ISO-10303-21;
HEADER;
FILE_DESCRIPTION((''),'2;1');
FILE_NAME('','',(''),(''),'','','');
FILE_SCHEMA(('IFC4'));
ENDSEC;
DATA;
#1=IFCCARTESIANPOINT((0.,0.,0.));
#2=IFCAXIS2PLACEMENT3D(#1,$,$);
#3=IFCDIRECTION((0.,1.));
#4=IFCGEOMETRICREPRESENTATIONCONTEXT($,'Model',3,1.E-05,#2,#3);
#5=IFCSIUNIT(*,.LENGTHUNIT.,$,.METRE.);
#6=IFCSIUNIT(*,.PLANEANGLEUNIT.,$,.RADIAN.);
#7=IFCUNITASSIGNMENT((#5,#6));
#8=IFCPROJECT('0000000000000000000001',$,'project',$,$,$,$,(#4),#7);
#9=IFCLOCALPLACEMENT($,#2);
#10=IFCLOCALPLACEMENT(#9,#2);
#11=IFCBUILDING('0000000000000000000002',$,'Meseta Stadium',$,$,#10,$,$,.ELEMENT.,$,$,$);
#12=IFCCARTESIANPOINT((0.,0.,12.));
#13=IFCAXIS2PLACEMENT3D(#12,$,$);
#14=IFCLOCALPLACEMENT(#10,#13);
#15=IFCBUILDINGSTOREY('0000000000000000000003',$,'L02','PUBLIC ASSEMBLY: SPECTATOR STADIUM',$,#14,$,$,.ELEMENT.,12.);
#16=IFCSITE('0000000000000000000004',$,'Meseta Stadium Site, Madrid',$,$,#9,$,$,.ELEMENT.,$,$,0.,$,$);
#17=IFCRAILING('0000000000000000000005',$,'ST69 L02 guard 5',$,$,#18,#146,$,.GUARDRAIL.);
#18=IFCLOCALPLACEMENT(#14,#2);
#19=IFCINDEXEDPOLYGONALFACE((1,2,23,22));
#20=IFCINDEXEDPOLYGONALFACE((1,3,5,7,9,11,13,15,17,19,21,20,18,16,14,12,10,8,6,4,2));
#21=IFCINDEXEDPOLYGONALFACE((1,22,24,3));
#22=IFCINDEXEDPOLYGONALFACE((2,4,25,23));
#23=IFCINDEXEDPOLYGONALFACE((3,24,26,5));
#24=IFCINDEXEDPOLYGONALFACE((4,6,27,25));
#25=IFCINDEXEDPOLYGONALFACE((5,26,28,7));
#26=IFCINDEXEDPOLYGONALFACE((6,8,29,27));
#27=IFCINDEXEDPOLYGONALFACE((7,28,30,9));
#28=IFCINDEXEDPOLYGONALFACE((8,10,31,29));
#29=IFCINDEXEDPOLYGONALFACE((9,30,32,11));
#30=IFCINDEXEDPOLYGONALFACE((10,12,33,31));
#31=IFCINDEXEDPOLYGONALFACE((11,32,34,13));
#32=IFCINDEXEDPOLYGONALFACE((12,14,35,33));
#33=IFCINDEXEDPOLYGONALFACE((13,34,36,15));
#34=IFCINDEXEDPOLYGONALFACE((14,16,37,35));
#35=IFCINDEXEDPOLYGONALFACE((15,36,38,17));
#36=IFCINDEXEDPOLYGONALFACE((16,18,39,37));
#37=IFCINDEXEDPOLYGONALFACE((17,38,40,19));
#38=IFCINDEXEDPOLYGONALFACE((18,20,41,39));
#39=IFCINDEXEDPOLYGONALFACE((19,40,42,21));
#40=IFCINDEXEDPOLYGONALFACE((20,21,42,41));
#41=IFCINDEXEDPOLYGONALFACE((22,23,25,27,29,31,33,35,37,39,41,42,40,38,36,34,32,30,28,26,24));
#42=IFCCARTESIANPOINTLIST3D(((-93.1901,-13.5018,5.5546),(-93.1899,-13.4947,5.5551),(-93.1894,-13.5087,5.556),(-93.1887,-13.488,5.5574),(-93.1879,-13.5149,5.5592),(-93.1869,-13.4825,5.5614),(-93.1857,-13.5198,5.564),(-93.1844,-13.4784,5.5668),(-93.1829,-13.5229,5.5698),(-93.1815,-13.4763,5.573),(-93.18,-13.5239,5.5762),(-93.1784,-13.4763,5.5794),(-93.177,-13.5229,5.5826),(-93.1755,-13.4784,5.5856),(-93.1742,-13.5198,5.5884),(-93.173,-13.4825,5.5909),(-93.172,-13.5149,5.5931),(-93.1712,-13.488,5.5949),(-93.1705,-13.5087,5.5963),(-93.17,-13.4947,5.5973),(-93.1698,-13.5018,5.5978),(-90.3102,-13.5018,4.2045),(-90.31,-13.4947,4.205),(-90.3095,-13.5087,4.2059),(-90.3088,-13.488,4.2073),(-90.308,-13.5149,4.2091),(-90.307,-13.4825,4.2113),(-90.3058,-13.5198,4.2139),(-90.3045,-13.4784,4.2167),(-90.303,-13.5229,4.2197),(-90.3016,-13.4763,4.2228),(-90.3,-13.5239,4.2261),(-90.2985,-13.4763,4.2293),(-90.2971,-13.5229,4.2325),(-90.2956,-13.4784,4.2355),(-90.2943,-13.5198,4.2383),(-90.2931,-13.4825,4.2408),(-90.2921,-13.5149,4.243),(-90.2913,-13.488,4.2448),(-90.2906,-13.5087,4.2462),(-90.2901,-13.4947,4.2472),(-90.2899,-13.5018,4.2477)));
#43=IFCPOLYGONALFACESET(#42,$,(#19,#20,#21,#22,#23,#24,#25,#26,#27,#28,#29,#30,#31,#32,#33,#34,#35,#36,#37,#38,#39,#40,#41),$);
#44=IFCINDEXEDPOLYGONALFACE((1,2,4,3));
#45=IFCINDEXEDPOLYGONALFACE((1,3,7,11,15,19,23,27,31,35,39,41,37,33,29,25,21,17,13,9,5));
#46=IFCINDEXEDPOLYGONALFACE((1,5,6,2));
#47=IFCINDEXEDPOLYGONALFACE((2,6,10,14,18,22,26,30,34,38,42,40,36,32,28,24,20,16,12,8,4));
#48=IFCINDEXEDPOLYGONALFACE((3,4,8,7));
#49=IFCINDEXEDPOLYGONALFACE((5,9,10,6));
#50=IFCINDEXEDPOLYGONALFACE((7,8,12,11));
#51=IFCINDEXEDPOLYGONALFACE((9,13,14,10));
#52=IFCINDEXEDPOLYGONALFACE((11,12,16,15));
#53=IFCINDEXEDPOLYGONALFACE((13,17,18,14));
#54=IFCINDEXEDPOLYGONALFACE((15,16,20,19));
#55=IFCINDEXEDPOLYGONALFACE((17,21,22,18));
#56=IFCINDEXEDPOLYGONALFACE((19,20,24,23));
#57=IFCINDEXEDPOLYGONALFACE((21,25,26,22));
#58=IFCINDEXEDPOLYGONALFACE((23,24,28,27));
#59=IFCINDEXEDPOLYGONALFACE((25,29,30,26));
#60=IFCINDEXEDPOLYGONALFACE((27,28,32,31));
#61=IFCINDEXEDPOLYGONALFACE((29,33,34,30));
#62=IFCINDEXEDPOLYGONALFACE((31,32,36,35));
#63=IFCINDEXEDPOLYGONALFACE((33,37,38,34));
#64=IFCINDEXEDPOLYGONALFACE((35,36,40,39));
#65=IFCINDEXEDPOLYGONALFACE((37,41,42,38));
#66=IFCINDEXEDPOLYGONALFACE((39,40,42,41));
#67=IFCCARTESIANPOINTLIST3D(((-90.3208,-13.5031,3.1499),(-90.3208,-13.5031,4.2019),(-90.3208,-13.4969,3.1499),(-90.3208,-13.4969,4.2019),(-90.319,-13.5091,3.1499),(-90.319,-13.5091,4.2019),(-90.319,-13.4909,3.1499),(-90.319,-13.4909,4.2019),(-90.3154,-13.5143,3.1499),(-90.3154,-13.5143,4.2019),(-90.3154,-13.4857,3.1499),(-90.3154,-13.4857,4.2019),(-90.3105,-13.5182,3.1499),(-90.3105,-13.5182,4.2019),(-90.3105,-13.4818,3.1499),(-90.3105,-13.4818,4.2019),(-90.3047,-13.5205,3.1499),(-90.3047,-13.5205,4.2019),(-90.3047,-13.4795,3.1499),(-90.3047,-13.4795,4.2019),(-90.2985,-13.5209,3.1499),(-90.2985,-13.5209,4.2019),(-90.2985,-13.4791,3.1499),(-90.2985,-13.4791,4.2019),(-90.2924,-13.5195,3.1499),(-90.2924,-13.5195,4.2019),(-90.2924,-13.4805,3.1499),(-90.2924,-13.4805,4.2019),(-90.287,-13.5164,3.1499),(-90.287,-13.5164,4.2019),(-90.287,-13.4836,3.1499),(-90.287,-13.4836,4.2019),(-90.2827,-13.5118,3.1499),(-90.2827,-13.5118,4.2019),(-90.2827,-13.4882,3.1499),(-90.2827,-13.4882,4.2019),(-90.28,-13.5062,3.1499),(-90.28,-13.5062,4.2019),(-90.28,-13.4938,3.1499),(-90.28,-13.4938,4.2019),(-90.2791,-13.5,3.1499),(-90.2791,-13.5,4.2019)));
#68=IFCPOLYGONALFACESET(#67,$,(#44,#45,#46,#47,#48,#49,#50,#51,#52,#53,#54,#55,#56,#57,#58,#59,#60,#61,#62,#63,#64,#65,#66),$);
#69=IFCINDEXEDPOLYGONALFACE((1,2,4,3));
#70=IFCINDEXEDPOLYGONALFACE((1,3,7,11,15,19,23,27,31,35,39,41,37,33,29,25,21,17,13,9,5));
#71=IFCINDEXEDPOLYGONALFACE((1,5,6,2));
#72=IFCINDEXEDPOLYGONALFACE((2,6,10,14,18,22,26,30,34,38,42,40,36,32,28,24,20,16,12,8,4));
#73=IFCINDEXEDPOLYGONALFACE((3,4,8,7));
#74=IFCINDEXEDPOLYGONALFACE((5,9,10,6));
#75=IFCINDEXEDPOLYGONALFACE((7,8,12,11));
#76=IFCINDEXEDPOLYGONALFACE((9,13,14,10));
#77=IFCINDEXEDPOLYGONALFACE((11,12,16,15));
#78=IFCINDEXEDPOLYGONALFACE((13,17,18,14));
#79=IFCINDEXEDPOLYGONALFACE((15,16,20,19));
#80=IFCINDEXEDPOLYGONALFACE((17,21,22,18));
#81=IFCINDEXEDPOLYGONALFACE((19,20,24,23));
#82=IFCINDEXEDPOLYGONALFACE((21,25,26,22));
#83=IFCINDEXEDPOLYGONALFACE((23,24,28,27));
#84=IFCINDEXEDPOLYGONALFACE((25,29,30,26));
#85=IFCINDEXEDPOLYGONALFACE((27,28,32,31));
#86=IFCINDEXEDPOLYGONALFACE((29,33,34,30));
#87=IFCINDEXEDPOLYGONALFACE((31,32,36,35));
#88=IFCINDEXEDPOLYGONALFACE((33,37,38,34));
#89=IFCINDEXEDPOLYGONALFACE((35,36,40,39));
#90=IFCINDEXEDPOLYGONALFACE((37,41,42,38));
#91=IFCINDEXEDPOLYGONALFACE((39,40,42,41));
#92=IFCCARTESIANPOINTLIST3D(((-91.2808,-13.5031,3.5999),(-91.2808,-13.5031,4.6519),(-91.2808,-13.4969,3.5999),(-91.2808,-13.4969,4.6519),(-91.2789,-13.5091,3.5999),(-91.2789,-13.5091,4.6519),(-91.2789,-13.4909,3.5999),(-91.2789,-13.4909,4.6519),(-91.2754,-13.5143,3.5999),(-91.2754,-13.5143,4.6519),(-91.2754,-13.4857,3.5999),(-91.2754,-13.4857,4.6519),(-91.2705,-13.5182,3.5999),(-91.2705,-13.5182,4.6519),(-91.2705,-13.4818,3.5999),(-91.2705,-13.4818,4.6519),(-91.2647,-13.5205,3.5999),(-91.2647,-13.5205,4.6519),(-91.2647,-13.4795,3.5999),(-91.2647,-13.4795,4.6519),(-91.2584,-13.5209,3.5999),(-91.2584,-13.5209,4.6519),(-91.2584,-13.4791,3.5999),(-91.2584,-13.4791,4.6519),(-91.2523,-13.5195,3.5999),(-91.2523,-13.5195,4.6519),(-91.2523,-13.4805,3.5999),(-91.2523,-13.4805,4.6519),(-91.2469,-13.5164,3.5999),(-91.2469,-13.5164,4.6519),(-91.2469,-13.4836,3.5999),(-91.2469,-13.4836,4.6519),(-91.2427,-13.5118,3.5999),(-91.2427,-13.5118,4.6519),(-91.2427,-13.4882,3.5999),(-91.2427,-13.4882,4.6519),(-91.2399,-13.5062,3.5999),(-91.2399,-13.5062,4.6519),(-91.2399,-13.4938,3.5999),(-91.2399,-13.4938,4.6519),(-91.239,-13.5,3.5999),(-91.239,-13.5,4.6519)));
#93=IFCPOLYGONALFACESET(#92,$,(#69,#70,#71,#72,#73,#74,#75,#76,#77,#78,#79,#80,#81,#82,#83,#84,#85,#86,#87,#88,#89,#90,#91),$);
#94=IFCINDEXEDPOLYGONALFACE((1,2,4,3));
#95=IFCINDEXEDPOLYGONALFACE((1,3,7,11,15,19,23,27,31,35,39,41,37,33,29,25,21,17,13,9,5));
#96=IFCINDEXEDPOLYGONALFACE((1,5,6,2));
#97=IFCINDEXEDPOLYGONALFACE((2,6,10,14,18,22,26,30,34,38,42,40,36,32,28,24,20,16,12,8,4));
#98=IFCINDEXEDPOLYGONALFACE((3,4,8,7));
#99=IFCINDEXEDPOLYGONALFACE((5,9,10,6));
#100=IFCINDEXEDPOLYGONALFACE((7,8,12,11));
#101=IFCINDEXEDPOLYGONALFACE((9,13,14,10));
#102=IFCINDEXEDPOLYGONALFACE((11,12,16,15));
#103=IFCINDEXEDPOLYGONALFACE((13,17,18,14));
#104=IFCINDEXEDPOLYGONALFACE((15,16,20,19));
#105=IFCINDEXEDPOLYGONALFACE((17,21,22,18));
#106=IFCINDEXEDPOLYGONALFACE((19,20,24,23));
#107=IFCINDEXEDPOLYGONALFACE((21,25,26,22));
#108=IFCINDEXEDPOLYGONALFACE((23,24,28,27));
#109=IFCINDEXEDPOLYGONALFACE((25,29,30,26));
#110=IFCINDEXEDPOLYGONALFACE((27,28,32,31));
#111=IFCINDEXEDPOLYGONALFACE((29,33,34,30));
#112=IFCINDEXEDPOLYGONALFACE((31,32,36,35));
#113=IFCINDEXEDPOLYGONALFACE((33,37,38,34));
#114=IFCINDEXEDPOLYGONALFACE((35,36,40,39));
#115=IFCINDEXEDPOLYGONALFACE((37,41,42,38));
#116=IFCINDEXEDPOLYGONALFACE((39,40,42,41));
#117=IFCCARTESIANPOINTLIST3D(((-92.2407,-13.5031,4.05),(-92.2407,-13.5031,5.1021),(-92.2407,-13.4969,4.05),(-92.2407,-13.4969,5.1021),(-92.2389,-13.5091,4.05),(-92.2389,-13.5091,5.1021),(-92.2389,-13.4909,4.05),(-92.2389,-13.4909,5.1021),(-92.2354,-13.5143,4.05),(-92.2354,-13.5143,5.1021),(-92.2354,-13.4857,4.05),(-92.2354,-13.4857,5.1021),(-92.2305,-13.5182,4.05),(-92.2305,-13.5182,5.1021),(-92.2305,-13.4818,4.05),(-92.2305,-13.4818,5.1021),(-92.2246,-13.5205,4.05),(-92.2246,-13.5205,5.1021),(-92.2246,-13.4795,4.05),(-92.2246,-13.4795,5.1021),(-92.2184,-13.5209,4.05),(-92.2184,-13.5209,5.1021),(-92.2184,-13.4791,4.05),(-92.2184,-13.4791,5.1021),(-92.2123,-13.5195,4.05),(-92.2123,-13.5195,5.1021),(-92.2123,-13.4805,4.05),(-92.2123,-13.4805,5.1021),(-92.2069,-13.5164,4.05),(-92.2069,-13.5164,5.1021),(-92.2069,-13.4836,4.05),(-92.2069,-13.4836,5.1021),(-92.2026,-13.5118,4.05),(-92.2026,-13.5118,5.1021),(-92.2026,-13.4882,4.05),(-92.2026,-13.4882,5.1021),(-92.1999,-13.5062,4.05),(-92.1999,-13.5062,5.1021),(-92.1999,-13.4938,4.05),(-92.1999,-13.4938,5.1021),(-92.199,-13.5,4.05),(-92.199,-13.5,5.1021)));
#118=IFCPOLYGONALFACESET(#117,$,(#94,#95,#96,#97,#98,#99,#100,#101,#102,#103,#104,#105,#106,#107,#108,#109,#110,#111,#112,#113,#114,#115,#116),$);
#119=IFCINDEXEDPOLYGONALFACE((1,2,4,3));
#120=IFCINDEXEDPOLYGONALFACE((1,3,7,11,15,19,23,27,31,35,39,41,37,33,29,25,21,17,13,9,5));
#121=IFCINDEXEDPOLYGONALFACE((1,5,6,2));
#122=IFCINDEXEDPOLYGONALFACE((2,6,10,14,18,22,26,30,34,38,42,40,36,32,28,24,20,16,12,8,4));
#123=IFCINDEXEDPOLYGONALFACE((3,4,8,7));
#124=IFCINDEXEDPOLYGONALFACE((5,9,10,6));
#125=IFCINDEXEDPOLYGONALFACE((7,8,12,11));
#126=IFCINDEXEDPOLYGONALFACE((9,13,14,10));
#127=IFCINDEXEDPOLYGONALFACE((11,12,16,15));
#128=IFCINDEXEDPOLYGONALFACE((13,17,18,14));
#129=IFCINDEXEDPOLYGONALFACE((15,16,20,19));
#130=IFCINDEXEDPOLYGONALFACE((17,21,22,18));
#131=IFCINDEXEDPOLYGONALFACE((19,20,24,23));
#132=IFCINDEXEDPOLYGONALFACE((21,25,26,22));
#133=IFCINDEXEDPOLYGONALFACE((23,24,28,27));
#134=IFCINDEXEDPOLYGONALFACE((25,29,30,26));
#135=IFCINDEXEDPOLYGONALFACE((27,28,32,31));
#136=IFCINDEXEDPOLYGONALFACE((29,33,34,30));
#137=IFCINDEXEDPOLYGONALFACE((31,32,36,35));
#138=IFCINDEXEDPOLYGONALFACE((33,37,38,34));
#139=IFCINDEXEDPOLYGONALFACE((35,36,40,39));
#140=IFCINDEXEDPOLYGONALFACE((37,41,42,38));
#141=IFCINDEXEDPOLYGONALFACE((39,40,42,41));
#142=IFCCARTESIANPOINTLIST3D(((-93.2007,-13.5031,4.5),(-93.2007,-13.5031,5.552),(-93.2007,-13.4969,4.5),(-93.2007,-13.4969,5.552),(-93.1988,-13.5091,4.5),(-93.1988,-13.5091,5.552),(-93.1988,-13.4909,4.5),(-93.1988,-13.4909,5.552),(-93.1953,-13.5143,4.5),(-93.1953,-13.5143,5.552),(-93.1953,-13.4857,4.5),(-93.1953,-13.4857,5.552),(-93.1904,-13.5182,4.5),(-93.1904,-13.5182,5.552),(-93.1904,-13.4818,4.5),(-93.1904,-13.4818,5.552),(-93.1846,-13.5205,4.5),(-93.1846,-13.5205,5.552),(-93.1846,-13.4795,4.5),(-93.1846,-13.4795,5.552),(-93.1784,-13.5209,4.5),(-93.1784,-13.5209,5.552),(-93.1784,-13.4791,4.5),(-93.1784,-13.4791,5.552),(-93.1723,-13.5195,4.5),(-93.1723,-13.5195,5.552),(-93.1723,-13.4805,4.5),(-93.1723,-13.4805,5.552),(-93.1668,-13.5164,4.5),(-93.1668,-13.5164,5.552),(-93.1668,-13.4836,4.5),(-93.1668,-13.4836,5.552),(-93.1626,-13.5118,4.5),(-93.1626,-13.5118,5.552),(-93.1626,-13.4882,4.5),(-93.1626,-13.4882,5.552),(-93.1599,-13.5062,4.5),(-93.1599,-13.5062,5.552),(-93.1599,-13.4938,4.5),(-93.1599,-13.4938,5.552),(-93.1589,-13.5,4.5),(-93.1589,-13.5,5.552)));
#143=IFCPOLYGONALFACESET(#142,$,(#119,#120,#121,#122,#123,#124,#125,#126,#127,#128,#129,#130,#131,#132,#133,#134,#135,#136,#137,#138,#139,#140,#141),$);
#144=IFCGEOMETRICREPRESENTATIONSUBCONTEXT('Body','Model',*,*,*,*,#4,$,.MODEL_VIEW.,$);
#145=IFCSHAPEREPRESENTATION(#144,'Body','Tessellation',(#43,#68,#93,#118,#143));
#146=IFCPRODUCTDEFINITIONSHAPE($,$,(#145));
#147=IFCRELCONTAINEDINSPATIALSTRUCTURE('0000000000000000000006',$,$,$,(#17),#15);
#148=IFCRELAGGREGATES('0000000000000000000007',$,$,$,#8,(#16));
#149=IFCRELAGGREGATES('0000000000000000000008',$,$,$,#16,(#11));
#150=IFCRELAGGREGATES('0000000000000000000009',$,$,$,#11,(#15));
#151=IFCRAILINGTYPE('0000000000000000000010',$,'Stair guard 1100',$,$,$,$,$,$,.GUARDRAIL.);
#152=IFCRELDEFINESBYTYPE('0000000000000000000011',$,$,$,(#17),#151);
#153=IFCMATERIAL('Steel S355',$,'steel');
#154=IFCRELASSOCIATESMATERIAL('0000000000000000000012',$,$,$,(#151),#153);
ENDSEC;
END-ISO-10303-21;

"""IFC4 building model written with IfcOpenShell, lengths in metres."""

from ifc_helpers import new_model, si_unit, direction, frame, origin, origin_2d, place, context, subcontext, project, spatial, circle, extrude, material, type_object, element, save


model = new_model("IFC4")

# Units and contexts
model_context = context("Model", 3, precision=1e-05, world=origin(), true_north=direction((0.0, 1.0)))
body_context = subcontext(model_context, "Body", "Model", "MODEL_VIEW")
ifc_project = project(units=[si_unit("LENGTHUNIT", "METRE"), si_unit("PLANEANGLEUNIT", "RADIAN")], contexts=[model_context])

# Site, building, storey
site_placement = place(None, origin())
site = spatial("IfcSite", under=ifc_project, at=site_placement, Name="Meseta Stadium Site, Madrid", CompositionType="ELEMENT", RefElevation=0.0)
building_placement = place(site_placement, origin())
building = spatial("IfcBuilding", under=site, at=building_placement, Name="Meseta Stadium", CompositionType="ELEMENT")
storey_placement = place(building_placement, frame((0.0, 0.0, 12.0)))
storey = spatial("IfcBuildingStorey", under=building, at=storey_placement, Name="L02", Description="PUBLIC ASSEMBLY: SPECTATOR STADIUM", CompositionType="ELEMENT", Elevation=12.0)

# Railing
ifc_material_1 = material(Name="Steel S355", Category="steel")
railing_type_1 = type_object("IfcRailingType", Name="Stair guard 1100", PredefinedType="GUARDRAIL", material=ifc_material_1)
railing_1_placement = place(storey_placement, frame((-90.3, -13.5, 3.1499)))
element("IfcRailing", 1, at=railing_1_placement, inside=storey, type_object=railing_type_1, Name="ST69 L02 guard 5", PredefinedType="GUARDRAIL", context=body_context, shape_type="SweptSolid", body=[
    extrude(circle(Radius=0.0239, at=origin_2d()), frame((0.0, 0.0, 1.0762), z_axis=(-0.90544, 0.0, 0.424473), x_axis=(0.0, -1.0, 0.0)), (0.0, 0.0, 1.0), 3.1807),
    extrude(circle(Radius=0.021, at=origin_2d()), origin(), (0.0, 0.0, 1.0), 1.052),
    extrude(circle(Radius=0.021, at=origin_2d()), frame((-0.96, 0.0, 0.45)), (0.0, 0.0, 1.0), 1.052),
    extrude(circle(Radius=0.021, at=origin_2d()), frame((-1.9199, 0.0, 0.9001)), (0.0, 0.0, 1.0), 1.052),
    extrude(circle(Radius=0.021, at=origin_2d()), frame((-2.8799, 0.0, 1.3501)), (0.0, 0.0, 1.0), 1.052),
])

save(model, "model.ifc")
